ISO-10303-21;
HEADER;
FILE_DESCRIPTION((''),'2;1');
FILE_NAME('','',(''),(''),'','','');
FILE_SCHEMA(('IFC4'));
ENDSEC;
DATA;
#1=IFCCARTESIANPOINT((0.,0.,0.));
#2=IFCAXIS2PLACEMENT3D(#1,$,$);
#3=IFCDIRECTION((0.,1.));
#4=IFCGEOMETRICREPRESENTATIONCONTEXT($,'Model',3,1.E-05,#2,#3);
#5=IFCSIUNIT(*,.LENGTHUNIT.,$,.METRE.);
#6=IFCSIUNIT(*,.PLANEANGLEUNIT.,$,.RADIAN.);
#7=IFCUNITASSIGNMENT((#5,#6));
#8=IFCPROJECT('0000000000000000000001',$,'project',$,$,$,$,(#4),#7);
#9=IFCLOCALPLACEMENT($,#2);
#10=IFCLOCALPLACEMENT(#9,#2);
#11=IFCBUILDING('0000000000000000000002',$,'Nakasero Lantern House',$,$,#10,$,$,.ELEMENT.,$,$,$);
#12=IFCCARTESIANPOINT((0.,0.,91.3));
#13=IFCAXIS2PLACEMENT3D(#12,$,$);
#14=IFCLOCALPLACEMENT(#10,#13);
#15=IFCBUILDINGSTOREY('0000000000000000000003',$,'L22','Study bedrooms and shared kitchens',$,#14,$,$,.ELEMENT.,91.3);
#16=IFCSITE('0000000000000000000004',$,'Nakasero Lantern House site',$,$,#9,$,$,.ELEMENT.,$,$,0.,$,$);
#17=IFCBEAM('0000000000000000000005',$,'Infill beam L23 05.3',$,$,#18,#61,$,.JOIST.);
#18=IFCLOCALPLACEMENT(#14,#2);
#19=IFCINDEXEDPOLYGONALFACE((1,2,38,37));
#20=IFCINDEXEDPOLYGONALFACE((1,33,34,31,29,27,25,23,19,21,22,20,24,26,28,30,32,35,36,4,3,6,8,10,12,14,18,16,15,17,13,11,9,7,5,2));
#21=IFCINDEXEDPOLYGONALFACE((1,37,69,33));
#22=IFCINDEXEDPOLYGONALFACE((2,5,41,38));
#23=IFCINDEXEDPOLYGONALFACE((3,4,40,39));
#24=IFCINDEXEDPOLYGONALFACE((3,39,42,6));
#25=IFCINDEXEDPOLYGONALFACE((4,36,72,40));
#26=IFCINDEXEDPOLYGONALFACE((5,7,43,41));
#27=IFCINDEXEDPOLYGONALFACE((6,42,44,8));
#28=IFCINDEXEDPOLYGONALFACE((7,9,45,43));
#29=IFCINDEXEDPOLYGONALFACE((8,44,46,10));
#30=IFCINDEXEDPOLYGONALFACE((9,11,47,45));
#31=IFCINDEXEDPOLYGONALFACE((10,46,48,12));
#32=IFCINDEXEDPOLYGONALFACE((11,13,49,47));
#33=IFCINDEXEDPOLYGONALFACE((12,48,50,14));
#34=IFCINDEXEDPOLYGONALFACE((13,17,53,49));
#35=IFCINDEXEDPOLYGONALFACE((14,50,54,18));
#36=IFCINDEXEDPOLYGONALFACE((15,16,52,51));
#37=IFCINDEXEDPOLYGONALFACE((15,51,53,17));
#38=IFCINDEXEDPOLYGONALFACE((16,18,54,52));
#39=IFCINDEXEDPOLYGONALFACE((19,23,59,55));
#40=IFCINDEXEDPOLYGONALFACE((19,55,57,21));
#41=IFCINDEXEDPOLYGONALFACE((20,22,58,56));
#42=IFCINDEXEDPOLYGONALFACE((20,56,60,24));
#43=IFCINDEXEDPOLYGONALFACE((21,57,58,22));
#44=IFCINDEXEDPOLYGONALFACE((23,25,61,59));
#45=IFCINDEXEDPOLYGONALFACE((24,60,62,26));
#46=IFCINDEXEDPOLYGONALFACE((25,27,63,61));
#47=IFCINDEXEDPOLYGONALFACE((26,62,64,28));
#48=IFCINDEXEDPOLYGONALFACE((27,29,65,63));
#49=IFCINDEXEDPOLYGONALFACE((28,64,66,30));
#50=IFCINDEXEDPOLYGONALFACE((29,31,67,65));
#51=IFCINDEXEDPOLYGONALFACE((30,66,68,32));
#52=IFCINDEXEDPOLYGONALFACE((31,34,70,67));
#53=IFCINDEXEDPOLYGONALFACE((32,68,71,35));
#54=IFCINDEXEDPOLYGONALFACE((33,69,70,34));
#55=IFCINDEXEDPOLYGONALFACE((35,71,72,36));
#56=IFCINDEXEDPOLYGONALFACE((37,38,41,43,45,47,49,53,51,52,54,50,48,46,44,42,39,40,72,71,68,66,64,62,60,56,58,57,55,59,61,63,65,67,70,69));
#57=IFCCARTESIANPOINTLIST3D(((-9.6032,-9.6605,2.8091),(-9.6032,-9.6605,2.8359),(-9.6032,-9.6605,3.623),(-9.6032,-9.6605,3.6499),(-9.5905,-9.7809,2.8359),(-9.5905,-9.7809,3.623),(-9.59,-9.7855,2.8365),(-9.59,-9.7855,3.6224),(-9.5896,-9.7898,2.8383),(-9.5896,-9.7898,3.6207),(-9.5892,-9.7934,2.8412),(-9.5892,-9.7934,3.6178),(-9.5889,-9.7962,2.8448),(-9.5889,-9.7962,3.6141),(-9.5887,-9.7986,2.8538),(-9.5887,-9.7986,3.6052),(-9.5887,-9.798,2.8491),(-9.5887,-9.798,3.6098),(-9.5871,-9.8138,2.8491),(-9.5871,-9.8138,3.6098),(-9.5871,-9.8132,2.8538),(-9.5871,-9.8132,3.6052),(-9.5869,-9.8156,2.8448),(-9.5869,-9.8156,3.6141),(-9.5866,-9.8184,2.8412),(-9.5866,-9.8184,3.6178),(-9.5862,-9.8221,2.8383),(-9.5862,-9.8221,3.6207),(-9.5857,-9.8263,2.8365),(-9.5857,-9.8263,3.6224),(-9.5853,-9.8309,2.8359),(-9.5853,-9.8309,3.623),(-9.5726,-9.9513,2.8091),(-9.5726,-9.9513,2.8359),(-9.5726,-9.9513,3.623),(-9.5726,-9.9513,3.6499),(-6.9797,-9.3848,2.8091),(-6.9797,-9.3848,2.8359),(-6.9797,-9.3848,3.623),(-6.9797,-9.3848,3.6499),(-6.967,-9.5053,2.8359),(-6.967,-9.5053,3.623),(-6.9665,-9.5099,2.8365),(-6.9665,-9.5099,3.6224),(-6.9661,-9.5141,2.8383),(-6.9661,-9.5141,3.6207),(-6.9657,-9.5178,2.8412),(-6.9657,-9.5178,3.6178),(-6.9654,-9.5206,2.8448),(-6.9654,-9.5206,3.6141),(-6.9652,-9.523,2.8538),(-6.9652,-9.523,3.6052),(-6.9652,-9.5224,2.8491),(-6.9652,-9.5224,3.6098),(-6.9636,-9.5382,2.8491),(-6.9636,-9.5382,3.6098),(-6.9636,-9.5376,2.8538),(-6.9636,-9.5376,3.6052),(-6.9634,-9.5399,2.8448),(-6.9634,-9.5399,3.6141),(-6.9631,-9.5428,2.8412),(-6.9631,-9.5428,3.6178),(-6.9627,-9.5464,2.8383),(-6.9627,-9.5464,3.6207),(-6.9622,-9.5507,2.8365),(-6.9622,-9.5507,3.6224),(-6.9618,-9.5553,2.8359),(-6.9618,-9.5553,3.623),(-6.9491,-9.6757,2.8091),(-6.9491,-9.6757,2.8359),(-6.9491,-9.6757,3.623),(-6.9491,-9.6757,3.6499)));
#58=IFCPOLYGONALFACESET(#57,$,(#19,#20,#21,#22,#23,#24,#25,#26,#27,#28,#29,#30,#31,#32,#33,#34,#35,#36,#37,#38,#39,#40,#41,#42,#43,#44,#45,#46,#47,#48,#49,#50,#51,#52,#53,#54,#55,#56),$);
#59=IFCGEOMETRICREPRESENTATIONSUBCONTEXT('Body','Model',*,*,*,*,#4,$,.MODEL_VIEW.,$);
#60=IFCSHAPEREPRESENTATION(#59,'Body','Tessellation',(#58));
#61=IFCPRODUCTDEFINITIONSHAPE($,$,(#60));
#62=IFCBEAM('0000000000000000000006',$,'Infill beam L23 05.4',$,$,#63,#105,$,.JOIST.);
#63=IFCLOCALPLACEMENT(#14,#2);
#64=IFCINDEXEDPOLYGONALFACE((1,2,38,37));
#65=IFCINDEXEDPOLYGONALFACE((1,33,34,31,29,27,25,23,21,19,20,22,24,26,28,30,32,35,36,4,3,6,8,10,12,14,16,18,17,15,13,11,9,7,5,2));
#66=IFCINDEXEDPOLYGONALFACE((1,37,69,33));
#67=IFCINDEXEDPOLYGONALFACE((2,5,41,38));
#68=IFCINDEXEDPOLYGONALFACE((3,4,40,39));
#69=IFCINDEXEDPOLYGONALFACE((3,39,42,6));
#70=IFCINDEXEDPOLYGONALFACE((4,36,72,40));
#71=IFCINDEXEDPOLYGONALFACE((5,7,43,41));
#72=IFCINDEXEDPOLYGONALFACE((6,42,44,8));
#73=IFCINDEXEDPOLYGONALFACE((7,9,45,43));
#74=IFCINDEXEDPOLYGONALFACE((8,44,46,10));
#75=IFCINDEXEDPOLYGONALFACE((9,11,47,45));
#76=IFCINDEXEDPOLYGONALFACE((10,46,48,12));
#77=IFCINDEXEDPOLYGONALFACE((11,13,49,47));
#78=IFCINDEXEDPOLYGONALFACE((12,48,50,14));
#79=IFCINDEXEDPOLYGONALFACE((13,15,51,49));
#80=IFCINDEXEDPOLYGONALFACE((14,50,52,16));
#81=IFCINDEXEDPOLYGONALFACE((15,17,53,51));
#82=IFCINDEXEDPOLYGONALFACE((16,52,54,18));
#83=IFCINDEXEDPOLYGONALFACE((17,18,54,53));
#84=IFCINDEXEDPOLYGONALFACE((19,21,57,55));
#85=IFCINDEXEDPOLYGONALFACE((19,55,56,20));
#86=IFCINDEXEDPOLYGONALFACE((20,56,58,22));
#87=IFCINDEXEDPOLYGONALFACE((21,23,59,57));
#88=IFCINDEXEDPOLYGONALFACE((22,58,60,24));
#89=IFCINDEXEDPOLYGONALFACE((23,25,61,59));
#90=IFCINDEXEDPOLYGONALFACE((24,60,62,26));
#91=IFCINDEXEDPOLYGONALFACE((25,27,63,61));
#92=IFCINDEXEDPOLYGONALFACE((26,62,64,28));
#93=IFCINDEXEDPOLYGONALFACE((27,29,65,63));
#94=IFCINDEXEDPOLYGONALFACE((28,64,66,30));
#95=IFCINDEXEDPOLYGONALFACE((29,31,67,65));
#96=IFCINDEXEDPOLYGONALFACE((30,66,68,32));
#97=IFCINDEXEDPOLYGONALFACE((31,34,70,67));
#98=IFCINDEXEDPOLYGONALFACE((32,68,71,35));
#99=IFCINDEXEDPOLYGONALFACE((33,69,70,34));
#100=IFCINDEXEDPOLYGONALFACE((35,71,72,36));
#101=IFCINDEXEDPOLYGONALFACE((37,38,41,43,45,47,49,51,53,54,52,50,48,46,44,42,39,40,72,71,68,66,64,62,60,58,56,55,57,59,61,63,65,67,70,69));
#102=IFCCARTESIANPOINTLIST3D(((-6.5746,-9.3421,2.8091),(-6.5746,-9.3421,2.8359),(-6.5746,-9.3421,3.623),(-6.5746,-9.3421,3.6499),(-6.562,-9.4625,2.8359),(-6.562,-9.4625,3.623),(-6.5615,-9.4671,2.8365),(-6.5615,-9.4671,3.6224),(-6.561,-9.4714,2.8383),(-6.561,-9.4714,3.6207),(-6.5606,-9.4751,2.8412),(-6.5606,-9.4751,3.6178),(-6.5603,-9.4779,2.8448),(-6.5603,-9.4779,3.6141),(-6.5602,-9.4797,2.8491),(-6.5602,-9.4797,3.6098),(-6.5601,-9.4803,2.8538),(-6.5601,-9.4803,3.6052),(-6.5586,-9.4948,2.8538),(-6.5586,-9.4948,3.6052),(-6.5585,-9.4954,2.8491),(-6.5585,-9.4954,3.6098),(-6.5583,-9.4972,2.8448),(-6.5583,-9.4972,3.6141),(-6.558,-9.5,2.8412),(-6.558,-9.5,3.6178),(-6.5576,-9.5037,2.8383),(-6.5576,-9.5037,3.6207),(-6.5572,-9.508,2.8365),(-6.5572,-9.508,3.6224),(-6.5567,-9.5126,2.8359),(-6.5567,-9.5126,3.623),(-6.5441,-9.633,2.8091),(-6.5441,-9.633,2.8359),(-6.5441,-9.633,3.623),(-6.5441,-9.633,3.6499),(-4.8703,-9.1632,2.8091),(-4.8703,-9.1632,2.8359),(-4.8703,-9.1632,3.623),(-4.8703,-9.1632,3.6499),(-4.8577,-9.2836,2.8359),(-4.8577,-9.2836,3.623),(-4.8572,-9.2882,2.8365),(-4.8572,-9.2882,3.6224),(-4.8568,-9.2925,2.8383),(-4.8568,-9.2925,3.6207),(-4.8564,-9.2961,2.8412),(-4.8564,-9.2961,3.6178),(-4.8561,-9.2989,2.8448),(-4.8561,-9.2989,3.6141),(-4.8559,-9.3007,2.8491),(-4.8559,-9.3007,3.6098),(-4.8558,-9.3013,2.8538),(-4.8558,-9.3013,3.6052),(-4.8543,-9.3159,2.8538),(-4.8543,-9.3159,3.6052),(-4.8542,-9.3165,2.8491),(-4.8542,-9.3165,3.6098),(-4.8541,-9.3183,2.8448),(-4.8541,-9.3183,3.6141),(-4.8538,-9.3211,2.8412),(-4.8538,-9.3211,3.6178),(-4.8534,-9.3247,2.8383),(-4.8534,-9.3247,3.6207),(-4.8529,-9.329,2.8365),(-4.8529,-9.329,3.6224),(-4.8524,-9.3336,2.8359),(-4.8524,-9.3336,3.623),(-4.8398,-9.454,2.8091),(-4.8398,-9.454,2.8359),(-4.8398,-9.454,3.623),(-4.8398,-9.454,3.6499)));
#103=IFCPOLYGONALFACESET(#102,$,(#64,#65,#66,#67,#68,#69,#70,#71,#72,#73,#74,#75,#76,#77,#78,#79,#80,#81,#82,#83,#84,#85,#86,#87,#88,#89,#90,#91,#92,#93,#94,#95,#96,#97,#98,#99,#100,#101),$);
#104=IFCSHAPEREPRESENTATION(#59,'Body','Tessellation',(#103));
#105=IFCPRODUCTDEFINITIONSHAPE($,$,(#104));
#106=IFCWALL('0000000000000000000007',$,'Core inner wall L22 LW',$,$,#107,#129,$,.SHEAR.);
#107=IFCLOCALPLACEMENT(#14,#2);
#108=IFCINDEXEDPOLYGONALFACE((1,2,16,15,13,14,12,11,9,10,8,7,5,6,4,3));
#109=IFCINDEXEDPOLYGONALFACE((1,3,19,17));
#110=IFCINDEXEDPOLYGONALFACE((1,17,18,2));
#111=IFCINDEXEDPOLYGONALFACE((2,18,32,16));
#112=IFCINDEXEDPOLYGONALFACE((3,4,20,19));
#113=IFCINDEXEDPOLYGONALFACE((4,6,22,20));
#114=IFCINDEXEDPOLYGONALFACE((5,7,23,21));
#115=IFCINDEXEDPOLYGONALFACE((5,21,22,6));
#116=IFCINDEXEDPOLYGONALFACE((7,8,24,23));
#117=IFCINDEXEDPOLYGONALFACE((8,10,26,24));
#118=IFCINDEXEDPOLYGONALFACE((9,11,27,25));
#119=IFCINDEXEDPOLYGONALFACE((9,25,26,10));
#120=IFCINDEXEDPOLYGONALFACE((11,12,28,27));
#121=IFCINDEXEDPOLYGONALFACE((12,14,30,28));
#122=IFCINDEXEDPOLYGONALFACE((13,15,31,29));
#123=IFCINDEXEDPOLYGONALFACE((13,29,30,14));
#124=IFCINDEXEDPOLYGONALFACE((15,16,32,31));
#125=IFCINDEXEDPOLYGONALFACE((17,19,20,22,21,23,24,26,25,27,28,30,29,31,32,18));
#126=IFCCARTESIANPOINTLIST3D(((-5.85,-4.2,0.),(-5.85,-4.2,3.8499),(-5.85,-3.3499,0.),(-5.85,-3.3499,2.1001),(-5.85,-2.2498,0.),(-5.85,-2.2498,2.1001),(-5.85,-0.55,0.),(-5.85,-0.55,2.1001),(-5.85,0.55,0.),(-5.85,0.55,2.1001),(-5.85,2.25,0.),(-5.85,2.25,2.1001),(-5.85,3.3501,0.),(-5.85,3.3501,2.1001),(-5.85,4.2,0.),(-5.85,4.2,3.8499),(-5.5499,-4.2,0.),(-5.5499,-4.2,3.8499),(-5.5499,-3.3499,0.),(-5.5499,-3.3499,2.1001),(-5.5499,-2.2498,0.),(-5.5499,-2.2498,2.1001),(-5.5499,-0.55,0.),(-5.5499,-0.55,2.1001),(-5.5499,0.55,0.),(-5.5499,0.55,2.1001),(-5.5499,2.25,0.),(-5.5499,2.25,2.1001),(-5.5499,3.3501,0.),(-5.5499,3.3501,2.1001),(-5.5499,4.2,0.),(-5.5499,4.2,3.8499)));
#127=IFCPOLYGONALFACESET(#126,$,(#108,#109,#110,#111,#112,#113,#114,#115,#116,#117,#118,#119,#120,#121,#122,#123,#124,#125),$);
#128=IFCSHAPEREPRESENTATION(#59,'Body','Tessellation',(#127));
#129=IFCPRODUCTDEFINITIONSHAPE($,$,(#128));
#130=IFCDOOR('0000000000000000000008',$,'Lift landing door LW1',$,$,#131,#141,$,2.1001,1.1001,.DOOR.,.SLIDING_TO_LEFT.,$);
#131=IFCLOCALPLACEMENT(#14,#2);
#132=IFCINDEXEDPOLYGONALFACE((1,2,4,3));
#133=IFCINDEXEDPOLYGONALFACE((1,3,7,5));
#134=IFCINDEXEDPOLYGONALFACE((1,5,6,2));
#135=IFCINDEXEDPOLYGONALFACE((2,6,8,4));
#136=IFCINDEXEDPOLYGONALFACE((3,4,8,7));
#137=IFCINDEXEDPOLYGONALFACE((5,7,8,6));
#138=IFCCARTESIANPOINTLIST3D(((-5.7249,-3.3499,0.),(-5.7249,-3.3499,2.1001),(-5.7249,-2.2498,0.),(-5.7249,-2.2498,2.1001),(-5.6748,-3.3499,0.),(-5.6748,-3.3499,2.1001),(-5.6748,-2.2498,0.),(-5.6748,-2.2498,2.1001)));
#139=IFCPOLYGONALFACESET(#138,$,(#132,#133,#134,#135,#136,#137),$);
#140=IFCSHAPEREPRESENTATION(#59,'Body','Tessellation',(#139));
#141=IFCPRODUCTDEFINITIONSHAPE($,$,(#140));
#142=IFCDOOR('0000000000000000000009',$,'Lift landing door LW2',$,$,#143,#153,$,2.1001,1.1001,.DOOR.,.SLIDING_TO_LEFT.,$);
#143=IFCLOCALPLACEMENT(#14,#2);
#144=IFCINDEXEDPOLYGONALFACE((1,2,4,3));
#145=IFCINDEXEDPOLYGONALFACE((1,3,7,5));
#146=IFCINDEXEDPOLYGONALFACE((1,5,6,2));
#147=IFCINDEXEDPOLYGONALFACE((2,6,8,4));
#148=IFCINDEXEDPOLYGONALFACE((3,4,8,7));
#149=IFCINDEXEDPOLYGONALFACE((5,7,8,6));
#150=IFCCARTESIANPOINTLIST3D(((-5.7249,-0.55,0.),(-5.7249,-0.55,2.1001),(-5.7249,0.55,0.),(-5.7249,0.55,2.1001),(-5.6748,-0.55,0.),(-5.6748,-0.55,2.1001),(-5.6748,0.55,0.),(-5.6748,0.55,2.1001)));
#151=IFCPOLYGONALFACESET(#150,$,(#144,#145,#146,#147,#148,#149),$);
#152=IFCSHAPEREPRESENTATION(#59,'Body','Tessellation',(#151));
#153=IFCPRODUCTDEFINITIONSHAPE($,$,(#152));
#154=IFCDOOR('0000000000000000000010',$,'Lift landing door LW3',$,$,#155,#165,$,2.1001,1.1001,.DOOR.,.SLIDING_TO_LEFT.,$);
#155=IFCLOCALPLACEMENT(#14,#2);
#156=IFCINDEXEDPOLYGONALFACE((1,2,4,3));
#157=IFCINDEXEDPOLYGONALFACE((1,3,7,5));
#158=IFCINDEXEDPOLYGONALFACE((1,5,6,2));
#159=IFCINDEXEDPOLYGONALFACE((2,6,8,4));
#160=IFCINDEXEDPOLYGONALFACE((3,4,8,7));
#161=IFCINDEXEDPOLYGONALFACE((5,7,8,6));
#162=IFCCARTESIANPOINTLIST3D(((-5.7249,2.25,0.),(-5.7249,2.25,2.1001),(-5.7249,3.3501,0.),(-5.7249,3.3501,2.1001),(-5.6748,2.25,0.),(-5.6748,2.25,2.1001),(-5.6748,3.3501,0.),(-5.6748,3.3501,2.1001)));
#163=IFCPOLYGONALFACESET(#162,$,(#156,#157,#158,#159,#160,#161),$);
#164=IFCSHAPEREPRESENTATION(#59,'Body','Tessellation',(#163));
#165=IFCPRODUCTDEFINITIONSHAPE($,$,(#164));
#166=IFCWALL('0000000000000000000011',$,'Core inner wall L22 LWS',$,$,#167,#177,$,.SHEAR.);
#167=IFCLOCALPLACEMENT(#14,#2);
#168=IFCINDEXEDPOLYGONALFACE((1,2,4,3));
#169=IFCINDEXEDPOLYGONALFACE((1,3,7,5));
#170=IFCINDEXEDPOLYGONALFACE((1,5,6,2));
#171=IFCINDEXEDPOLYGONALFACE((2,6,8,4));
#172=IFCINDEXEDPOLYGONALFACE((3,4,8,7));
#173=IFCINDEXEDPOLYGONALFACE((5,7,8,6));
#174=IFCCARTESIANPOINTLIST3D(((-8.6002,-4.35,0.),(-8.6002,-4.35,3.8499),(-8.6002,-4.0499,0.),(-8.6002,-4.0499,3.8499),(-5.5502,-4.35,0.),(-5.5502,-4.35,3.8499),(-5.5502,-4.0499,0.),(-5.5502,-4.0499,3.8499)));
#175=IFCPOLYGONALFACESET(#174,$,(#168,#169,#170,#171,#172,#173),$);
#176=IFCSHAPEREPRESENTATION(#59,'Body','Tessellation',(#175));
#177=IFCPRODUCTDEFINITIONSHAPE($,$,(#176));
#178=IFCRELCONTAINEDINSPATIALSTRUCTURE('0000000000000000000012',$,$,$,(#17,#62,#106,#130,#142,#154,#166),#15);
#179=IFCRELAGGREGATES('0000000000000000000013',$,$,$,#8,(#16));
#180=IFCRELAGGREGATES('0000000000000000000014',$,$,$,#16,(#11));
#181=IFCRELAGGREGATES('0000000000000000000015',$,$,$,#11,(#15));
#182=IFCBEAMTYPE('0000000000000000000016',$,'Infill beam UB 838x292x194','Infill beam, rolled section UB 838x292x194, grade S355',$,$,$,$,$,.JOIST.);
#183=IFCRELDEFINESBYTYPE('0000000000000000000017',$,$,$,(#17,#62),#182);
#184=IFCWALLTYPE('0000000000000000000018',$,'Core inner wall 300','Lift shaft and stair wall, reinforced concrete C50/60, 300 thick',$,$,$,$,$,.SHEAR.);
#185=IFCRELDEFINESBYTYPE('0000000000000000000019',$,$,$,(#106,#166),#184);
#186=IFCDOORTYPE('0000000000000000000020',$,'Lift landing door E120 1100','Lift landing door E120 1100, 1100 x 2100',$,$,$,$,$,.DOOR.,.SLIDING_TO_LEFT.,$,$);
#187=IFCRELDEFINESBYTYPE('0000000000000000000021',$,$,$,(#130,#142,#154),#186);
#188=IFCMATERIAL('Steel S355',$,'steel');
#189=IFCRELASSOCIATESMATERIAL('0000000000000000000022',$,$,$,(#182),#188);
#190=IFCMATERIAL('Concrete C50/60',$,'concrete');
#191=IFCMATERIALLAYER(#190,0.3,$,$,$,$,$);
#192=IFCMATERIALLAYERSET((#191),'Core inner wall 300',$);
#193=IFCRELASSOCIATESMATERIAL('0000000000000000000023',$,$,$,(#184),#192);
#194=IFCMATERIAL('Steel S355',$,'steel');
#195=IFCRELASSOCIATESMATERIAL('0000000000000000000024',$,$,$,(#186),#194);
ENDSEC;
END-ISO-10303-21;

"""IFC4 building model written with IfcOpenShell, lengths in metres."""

from ifc_helpers import new_model, si_unit, direction, frame, frame_2d, origin, origin_2d, place, context, subcontext, project, spatial, rectangle, i_section, extrude, material, layer, layer_set, material_profile, profile_set, type_object, element, fill, save


model = new_model("IFC4")

# Units and contexts
model_context = context("Model", 3, precision=1e-05, world=origin(), true_north=direction((0.0, 1.0)))
body_context = subcontext(model_context, "Body", "Model", "MODEL_VIEW")
ifc_project = project(units=[si_unit("LENGTHUNIT", "METRE"), si_unit("PLANEANGLEUNIT", "RADIAN")], contexts=[model_context])

# Site, building, storey
site_placement = place(None, origin())
site = spatial("IfcSite", under=ifc_project, at=site_placement, Name="Nakasero Lantern House site", CompositionType="ELEMENT", RefElevation=0.0)
building_placement = place(site_placement, origin())
building = spatial("IfcBuilding", under=site, at=building_placement, Name="Nakasero Lantern House", CompositionType="ELEMENT")
storey_placement = place(building_placement, frame((0.0, 0.0, 91.3)))
storey = spatial("IfcBuildingStorey", under=building, at=storey_placement, Name="L22", Description="Study bedrooms and shared kitchens", CompositionType="ELEMENT", Elevation=91.3)

# Beams
ifc_material_1 = material(Name="Steel S355", Category="steel")
ifc_material_profile = material_profile(ifc_material_1, i_section(OverallWidth=0.2925, OverallDepth=0.8408, WebThickness=0.0146, FlangeThickness=0.0269, FilletRadius=0.0178, at=origin_2d()), Name="UB 838x292x194")
ifc_profile_set = profile_set([ifc_material_profile], Name="Steel S355")
beam_type = type_object("IfcBeamType", Name="Infill beam UB 838x292x194", Description="Infill beam, rolled section UB 838x292x194, grade S355", PredefinedType="JOIST", material=ifc_profile_set)
beam_1_placement = place(storey_placement, frame((-9.5879, -9.8059, 3.2295), z_axis=(0.994526, 0.104487, 0.0), x_axis=(-0.104487, 0.994526, 0.0)))
element("IfcBeam", 1, at=beam_1_placement, inside=storey, type_object=beam_type, Name="Infill beam L23 05.3", PredefinedType="JOIST", context=body_context, shape_type="SweptSolid", body=[
    extrude(i_section(OverallWidth=0.2925, OverallDepth=0.8408, WebThickness=0.0146, FlangeThickness=0.0269, FilletRadius=0.0178, at=origin_2d()), origin(), (0.0, 0.0, 1.0), 2.6379),
])
beam_2_placement = place(storey_placement, frame((-6.5593, -9.4875, 3.2295), z_axis=(0.994533, 0.104425, 0.0), x_axis=(-0.104425, 0.994533, 0.0)))
element("IfcBeam", 2, at=beam_2_placement, inside=storey, type_object=beam_type, Name="Infill beam L23 05.4", PredefinedType="JOIST", context=body_context, shape_type="SweptSolid", body=[
    extrude(i_section(OverallWidth=0.2925, OverallDepth=0.8408, WebThickness=0.0146, FlangeThickness=0.0269, FilletRadius=0.0178, at=origin_2d()), origin(), (0.0, 0.0, 1.0), 1.7136),
])

# Wall, openings, doors
ifc_material_2 = material(Name="Concrete C50/60", Category="concrete")
ifc_layer_1 = layer(ifc_material_2, 0.3)
ifc_layer_set_1 = layer_set([ifc_layer_1], Name="Core inner wall 300")
wall_type_1 = type_object("IfcWallType", Name="Core inner wall 300", Description="Lift shaft and stair wall, reinforced concrete C50/60, 300 thick", PredefinedType="SHEAR", material=ifc_layer_set_1)
wall_1_placement = place(storey_placement, frame((-5.7, -4.2, 0.0), z_axis=(0.0, 0.0, 1.0), x_axis=(0.0, 1.0, 0.0)))
wall_1 = element("IfcWall", 3, at=wall_1_placement, inside=storey, type_object=wall_type_1, Name="Core inner wall L22 LW", PredefinedType="SHEAR", context=body_context, shape_type="SweptSolid", body=[
    extrude(rectangle(XDim=8.3999, YDim=0.3, at=frame_2d((4.2, 0.0))), origin(), (0.0, 0.0, 1.0), 3.8499),
])
opening_1_placement = place(wall_1_placement, frame((0.8501, 0.0, 0.0)))
opening_1 = element("IfcOpeningElement", 4, at=opening_1_placement, cuts=wall_1, PredefinedType="OPENING", context=body_context, shape_type="SweptSolid", body=[
    extrude(rectangle(XDim=1.1001, YDim=2.1001, at=frame_2d((0.55, 1.05))), frame((0.0, 0.1699, 0.0), z_axis=(0.0, -1.0, 0.0), x_axis=(1.0, 0.0, 0.0)), (0.0, 0.0, 1.0), 0.3401),
])
opening_2_placement = place(wall_1_placement, frame((3.6499, 0.0, 0.0)))
opening_2 = element("IfcOpeningElement", 5, at=opening_2_placement, cuts=wall_1, PredefinedType="OPENING", context=body_context, shape_type="SweptSolid", body=[
    extrude(rectangle(XDim=1.1001, YDim=2.1001, at=frame_2d((0.55, 1.05))), frame((0.0, 0.1699, 0.0), z_axis=(0.0, -1.0, 0.0), x_axis=(1.0, 0.0, 0.0)), (0.0, 0.0, 1.0), 0.3401),
])
opening_3_placement = place(wall_1_placement, frame((6.45, 0.0, 0.0)))
opening_3 = element("IfcOpeningElement", 6, at=opening_3_placement, cuts=wall_1, PredefinedType="OPENING", context=body_context, shape_type="SweptSolid", body=[
    extrude(rectangle(XDim=1.1001, YDim=2.1001, at=frame_2d((0.55, 1.05))), frame((0.0, 0.1699, 0.0), z_axis=(0.0, -1.0, 0.0), x_axis=(1.0, 0.0, 0.0)), (0.0, 0.0, 1.0), 0.3401),
])
ifc_material_3 = material(Name="Steel S355", Category="steel")
door_type_1 = type_object("IfcDoorType", Name="Lift landing door E120 1100", Description="Lift landing door E120 1100, 1100 x 2100", OperationType="SLIDING_TO_LEFT", PredefinedType="DOOR", material=ifc_material_3)
door_1_placement = place(opening_1_placement, origin())
door_1 = element("IfcDoor", 7, at=door_1_placement, inside=storey, type_object=door_type_1, Name="Lift landing door LW1", OperationType="SLIDING_TO_LEFT", OverallHeight=2.1001, OverallWidth=1.1001, PredefinedType="DOOR", context=body_context, shape_type="SweptSolid", body=[
    extrude(rectangle(XDim=1.1001, YDim=2.1001, at=frame_2d((0.55, 1.05))), frame((0.0, 0.0249, 0.0), z_axis=(0.0, -1.0, 0.0), x_axis=(1.0, 0.0, 0.0)), (0.0, 0.0, 1.0), 0.05),
])
fill(opening_1, door_1)
door_2_placement = place(opening_2_placement, origin())
door_2 = element("IfcDoor", 8, at=door_2_placement, inside=storey, type_object=door_type_1, Name="Lift landing door LW2", OperationType="SLIDING_TO_LEFT", OverallHeight=2.1001, OverallWidth=1.1001, PredefinedType="DOOR", context=body_context, shape_type="SweptSolid", body=[
    extrude(rectangle(XDim=1.1001, YDim=2.1001, at=frame_2d((0.55, 1.05))), frame((0.0, 0.0249, 0.0), z_axis=(0.0, -1.0, 0.0), x_axis=(1.0, 0.0, 0.0)), (0.0, 0.0, 1.0), 0.05),
])
fill(opening_2, door_2)
door_3_placement = place(opening_3_placement, origin())
door_3 = element("IfcDoor", 9, at=door_3_placement, inside=storey, type_object=door_type_1, Name="Lift landing door LW3", OperationType="SLIDING_TO_LEFT", OverallHeight=2.1001, OverallWidth=1.1001, PredefinedType="DOOR", context=body_context, shape_type="SweptSolid", body=[
    extrude(rectangle(XDim=1.1001, YDim=2.1001, at=frame_2d((0.55, 1.05))), frame((0.0, 0.0249, 0.0), z_axis=(0.0, -1.0, 0.0), x_axis=(1.0, 0.0, 0.0)), (0.0, 0.0, 1.0), 0.05),
])
fill(opening_3, door_3)

# Wall
wall_2_placement = place(storey_placement, frame((-8.6001, -4.2, 0.0), z_axis=(0.0, 0.0, 1.0), x_axis=(1.0, 0.0, 0.0)))
element("IfcWall", 10, at=wall_2_placement, inside=storey, type_object=wall_type_1, Name="Core inner wall L22 LWS", PredefinedType="SHEAR", context=body_context, shape_type="SweptSolid", body=[
    extrude(rectangle(XDim=3.05, YDim=0.3, at=frame_2d((1.5249, 0.0))), origin(), (0.0, 0.0, 1.0), 3.8499),
])

save(model, "model.ifc")
